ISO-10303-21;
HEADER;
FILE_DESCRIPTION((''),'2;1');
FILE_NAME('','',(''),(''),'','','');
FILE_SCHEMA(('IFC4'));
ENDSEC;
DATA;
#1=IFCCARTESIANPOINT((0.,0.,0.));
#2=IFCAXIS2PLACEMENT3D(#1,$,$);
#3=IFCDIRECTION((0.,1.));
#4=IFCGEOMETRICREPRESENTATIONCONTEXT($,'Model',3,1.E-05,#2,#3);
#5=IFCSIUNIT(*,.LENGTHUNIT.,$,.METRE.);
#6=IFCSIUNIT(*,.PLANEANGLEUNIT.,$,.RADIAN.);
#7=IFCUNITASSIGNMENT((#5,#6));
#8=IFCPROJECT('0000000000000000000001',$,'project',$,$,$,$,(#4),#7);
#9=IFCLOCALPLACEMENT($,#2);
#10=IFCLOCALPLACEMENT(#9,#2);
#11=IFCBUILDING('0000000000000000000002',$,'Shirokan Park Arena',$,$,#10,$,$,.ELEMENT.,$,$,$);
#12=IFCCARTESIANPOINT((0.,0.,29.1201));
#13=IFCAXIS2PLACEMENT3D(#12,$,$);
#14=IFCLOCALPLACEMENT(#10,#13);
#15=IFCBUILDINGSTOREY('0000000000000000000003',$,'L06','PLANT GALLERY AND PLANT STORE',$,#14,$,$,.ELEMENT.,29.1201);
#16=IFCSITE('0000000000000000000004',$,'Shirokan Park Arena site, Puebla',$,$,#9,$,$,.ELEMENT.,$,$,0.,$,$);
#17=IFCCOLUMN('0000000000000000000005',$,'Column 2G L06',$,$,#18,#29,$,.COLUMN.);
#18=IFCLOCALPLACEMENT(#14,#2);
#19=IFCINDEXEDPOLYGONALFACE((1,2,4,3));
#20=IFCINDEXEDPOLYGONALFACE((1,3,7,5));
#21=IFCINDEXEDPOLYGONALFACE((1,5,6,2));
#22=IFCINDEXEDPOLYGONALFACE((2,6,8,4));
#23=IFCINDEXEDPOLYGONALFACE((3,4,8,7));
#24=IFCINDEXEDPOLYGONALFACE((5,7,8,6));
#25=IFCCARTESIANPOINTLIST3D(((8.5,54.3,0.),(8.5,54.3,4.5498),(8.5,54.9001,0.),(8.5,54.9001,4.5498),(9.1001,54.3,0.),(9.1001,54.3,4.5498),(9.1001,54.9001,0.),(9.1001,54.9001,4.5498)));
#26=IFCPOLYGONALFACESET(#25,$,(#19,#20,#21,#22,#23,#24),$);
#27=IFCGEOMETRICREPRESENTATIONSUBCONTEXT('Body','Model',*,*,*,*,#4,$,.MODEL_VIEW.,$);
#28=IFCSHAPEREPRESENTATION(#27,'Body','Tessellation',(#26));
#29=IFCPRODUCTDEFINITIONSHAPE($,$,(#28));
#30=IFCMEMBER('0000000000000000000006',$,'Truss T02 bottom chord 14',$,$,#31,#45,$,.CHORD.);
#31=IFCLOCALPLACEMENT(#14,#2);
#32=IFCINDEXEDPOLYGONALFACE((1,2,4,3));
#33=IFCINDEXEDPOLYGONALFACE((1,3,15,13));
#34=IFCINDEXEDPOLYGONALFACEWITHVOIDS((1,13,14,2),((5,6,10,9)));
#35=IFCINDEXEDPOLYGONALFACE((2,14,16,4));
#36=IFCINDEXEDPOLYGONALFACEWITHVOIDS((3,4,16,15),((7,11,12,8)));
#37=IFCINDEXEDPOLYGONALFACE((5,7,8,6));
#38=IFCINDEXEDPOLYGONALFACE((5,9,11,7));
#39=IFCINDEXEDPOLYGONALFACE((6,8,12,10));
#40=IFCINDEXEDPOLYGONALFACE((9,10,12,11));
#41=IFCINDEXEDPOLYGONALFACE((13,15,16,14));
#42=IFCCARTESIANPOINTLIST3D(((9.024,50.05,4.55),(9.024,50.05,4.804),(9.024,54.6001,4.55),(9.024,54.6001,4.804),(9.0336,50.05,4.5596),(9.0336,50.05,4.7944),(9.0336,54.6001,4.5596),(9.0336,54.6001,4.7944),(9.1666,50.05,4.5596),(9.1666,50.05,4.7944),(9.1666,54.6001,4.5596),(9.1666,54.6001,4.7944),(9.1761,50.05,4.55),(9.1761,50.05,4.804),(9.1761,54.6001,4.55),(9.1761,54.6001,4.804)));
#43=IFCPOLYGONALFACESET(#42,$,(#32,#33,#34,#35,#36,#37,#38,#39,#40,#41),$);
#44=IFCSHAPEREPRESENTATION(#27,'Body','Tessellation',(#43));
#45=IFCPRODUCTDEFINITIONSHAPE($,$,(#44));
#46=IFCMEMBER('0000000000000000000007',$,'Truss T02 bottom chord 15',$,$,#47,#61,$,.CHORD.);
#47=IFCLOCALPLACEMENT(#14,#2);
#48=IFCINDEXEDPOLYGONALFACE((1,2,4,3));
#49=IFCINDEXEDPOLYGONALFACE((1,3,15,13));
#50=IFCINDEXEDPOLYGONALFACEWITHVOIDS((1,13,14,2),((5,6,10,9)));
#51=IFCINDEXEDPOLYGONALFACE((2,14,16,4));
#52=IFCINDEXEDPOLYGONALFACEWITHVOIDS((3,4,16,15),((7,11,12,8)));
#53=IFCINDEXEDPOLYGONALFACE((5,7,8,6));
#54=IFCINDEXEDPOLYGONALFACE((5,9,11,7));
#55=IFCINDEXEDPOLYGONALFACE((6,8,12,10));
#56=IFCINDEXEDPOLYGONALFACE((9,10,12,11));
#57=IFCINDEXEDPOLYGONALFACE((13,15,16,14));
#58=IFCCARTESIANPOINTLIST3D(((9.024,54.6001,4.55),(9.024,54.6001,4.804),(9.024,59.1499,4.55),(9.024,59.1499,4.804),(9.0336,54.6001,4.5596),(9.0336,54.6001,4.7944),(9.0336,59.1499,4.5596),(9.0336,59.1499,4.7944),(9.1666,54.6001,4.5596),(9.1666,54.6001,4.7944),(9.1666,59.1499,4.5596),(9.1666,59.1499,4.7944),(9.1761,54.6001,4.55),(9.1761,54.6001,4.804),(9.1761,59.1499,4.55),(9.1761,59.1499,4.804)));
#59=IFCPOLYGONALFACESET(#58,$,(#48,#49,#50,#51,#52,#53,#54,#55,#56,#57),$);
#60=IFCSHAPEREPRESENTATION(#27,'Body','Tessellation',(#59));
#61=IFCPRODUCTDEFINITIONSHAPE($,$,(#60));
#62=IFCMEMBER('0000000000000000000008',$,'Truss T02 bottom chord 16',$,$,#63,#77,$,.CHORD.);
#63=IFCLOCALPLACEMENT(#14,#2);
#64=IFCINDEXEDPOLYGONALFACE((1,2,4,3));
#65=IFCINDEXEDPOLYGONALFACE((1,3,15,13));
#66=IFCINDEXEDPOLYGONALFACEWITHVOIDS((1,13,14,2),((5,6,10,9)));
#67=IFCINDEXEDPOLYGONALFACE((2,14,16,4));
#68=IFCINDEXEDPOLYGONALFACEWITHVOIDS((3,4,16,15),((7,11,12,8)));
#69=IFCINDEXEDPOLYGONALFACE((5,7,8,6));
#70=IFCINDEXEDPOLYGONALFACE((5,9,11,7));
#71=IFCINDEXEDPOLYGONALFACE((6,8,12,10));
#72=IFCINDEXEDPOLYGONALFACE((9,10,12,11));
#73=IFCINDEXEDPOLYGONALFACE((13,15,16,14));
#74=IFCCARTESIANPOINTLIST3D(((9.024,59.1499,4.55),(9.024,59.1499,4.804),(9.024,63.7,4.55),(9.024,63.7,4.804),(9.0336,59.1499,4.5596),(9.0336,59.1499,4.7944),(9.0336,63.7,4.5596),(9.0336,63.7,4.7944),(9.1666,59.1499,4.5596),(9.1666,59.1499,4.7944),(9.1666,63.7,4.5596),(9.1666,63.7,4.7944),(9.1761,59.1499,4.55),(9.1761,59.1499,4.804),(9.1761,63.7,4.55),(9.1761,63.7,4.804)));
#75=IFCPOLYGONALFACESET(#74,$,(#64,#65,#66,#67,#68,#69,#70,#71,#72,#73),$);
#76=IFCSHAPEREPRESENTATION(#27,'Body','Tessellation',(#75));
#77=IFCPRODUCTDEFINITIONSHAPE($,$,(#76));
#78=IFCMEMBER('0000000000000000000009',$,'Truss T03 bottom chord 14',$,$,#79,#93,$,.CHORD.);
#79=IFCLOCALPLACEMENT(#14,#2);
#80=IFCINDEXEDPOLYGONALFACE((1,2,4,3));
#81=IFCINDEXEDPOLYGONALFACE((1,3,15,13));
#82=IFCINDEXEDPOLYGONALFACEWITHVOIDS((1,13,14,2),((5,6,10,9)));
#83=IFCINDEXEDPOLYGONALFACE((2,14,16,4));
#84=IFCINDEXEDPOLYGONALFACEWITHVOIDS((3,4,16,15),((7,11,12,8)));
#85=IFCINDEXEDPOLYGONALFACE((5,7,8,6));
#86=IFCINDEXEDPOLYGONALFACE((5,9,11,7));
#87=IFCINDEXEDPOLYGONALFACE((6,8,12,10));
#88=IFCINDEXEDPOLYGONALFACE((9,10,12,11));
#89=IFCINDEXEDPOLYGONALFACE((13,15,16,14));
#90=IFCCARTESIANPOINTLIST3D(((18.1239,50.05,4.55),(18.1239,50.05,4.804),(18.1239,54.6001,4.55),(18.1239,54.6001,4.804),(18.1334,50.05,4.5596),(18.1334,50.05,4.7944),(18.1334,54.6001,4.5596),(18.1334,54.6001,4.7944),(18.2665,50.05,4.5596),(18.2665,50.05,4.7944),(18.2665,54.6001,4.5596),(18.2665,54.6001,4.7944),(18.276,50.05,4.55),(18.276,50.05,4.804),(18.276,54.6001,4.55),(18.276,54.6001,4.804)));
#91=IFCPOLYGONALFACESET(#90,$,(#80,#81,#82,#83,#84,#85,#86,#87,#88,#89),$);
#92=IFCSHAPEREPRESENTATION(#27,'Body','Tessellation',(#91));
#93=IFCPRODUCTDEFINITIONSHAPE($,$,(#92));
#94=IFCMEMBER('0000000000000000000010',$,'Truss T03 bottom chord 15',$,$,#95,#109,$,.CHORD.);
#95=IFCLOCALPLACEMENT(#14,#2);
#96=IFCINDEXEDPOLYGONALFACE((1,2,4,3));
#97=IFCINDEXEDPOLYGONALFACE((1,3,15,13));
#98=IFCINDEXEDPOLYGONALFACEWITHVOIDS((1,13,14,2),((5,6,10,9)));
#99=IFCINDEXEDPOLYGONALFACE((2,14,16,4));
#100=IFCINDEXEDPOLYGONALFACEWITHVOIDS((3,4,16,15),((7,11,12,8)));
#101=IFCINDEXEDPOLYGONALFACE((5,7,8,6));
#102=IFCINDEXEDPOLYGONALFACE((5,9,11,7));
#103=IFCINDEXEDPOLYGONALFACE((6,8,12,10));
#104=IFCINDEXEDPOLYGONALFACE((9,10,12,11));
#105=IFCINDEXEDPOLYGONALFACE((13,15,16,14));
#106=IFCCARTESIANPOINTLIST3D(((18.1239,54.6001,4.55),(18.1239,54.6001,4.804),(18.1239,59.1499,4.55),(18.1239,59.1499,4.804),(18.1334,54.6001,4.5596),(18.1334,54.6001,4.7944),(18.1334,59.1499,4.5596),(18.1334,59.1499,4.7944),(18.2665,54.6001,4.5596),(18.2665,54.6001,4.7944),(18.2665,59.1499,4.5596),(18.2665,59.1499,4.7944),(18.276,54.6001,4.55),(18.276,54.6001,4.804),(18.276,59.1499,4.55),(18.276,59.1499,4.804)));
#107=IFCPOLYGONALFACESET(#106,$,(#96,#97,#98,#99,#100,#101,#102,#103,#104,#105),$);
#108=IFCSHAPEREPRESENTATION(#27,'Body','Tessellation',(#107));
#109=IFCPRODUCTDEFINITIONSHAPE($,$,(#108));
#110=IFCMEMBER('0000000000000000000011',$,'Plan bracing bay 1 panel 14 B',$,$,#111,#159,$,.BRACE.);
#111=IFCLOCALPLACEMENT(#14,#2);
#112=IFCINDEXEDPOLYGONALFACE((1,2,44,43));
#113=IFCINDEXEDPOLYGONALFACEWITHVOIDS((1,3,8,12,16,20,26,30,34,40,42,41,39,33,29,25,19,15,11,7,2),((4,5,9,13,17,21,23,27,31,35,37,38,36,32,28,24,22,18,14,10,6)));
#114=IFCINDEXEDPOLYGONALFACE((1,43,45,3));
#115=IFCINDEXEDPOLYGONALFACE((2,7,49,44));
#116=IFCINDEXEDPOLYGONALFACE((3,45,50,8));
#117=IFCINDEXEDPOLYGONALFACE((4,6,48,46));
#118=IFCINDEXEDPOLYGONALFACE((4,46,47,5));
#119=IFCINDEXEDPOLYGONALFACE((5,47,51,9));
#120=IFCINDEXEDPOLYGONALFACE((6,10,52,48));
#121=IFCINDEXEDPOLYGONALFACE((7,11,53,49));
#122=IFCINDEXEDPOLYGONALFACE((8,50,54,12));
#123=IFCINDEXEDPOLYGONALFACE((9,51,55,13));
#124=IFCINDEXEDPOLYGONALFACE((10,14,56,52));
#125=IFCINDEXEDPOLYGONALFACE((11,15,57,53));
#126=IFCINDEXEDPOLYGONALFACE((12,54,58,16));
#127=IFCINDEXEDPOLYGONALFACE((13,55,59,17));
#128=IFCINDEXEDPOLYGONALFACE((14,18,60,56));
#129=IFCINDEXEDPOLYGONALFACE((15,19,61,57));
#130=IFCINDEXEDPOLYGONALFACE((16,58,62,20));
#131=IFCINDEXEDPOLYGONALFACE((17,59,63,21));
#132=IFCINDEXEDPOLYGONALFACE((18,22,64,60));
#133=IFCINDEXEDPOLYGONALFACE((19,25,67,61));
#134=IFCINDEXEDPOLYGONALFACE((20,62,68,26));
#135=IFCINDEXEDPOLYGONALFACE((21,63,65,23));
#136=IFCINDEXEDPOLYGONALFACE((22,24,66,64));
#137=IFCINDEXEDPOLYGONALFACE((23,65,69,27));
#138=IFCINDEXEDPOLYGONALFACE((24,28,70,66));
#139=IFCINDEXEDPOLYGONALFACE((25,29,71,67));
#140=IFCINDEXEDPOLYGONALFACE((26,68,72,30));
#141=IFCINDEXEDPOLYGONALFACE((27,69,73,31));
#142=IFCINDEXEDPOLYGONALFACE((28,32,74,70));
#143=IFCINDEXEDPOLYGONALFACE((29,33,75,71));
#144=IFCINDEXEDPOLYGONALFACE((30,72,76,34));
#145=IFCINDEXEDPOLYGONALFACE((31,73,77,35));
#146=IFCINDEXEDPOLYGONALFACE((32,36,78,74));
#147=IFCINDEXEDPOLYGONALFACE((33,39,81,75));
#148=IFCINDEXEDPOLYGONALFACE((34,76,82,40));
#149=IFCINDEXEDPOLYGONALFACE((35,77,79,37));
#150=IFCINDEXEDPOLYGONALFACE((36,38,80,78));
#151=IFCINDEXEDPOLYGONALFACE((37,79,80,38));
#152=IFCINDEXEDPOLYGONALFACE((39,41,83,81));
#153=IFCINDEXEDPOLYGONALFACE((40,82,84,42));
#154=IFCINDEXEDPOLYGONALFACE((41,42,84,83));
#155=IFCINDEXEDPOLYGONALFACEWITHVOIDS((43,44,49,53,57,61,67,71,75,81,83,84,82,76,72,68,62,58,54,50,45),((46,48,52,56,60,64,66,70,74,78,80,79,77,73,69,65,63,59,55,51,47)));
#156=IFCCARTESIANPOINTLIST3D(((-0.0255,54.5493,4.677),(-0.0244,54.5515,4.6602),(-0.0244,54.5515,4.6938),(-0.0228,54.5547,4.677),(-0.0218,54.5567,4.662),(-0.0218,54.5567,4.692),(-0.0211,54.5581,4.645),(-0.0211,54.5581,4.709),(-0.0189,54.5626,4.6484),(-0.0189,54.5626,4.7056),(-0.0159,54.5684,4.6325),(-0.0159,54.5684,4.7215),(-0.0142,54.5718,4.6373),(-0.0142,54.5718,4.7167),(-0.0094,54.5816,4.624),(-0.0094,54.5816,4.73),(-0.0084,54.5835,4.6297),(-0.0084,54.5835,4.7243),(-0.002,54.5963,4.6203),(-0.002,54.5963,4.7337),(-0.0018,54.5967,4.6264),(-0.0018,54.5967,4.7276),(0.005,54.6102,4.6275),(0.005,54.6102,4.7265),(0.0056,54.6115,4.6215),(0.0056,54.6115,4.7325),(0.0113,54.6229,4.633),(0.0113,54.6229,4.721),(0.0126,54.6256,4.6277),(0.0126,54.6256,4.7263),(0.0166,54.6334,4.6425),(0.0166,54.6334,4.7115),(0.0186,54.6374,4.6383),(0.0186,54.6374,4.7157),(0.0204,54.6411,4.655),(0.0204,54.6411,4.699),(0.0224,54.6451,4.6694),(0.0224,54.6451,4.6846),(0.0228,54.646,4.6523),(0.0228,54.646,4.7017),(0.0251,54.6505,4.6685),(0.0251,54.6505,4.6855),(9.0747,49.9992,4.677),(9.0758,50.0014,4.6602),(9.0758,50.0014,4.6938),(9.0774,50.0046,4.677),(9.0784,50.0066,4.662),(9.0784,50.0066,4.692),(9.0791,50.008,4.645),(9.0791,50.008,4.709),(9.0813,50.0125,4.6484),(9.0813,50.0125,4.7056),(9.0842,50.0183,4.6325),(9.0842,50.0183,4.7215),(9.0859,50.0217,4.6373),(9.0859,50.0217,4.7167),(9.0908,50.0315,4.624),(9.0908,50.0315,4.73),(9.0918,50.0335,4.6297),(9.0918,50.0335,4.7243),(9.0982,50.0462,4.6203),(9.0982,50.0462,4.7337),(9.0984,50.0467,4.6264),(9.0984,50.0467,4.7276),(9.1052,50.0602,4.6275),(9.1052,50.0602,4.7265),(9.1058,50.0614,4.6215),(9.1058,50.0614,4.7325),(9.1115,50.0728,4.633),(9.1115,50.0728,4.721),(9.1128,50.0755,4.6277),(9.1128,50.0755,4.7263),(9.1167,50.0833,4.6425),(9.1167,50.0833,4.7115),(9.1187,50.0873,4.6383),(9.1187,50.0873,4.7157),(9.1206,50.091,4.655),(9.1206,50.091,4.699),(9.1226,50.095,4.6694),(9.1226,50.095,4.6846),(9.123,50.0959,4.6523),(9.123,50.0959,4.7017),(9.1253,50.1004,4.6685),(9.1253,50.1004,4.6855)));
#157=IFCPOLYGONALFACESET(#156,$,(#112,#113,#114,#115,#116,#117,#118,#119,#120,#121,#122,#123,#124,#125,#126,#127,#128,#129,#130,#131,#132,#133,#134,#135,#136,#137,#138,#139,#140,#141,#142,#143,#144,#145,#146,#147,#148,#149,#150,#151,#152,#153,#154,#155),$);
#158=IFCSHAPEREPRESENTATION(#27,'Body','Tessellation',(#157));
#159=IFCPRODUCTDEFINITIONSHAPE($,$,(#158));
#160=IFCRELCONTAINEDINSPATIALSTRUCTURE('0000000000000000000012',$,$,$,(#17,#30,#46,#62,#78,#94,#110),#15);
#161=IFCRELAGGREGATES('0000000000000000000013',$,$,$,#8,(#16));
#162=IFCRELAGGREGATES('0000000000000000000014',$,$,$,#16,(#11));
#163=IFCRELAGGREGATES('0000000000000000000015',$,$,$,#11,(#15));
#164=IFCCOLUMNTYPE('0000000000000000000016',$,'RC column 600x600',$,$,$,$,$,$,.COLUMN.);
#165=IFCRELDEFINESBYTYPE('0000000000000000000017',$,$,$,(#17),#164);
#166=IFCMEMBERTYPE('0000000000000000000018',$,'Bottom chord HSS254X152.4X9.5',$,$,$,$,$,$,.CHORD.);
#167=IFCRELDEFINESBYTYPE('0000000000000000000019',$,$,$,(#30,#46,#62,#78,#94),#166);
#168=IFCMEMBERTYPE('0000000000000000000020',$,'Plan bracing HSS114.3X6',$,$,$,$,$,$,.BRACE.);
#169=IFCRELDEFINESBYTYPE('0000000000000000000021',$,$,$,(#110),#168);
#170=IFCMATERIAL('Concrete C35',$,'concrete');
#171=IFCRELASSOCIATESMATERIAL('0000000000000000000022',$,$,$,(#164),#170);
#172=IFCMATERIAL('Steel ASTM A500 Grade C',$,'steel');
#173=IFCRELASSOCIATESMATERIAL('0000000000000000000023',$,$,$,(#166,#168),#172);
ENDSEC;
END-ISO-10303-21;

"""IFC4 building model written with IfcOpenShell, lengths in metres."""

from ifc_helpers import new_model, si_unit, direction, frame, origin, origin_2d, place, context, subcontext, project, spatial, rectangle, hollow_rectangle, hollow_circle, extrude, material, material_profile, profile_set, type_object, element, save


model = new_model("IFC4")

# Units and contexts
model_context = context("Model", 3, precision=1e-05, world=origin(), true_north=direction((0.0, 1.0)))
body_context = subcontext(model_context, "Body", "Model", "MODEL_VIEW")
ifc_project = project(units=[si_unit("LENGTHUNIT", "METRE"), si_unit("PLANEANGLEUNIT", "RADIAN")], contexts=[model_context])

# Site, building, storey
site_placement = place(None, origin())
site = spatial("IfcSite", under=ifc_project, at=site_placement, Name="Shirokan Park Arena site, Puebla", CompositionType="ELEMENT", RefElevation=0.0)
building_placement = place(site_placement, origin())
building = spatial("IfcBuilding", under=site, at=building_placement, Name="Shirokan Park Arena", CompositionType="ELEMENT")
storey_placement = place(building_placement, frame((0.0, 0.0, 29.1201)))
storey = spatial("IfcBuildingStorey", under=building, at=storey_placement, Name="L06", Description="PLANT GALLERY AND PLANT STORE", CompositionType="ELEMENT", Elevation=29.1201)

# Column
ifc_material_1 = material(Name="Concrete C35", Category="concrete")
ifc_material_profile_1 = material_profile(ifc_material_1, rectangle(XDim=0.6001, YDim=0.6001, at=origin_2d()), Name="600x600")
ifc_profile_set_1 = profile_set([ifc_material_profile_1], Name="Concrete C35")
column_type = type_object("IfcColumnType", Name="RC column 600x600", PredefinedType="COLUMN", material=ifc_profile_set_1)
column_placement = place(storey_placement, frame((8.8, 54.6001, 0.0), z_axis=(0.0, 0.0, 1.0), x_axis=(1.0, 0.0, 0.0)))
element("IfcColumn", 1, at=column_placement, inside=storey, type_object=column_type, Name="Column 2G L06", PredefinedType="COLUMN", context=body_context, shape_type="SweptSolid", body=[
    extrude(rectangle(XDim=0.6001, YDim=0.6001, at=origin_2d()), origin(), (0.0, 0.0, 1.0), 4.5498),
])

# Members
ifc_material_2 = material(Name="Steel ASTM A500 Grade C", Category="steel")
ifc_material_profile_2 = material_profile(ifc_material_2, hollow_rectangle(XDim=0.1521, YDim=0.2539, WallThickness=0.0095, at=origin_2d()), Name="HSS254X152.4X9.5")
ifc_profile_set_2 = profile_set([ifc_material_profile_2], Name="Steel ASTM A500 Grade C")
member_type_1 = type_object("IfcMemberType", Name="Bottom chord HSS254X152.4X9.5", PredefinedType="CHORD", material=ifc_profile_set_2)
member_1_placement = place(storey_placement, frame((9.1001, 50.05, 4.677), z_axis=(0.0, 1.0, 0.0), x_axis=(-1.0, 0.0, 0.0)))
element("IfcMember", 2, at=member_1_placement, inside=storey, type_object=member_type_1, Name="Truss T02 bottom chord 14", PredefinedType="CHORD", context=body_context, shape_type="SweptSolid", body=[
    extrude(hollow_rectangle(XDim=0.1521, YDim=0.2539, WallThickness=0.0095, at=origin_2d()), origin(), (0.0, 0.0, 1.0), 4.55),
])
member_2_placement = place(storey_placement, frame((9.1001, 54.6001, 4.677), z_axis=(0.0, 1.0, 0.0), x_axis=(-1.0, 0.0, 0.0)))
element("IfcMember", 3, at=member_2_placement, inside=storey, type_object=member_type_1, Name="Truss T02 bottom chord 15", PredefinedType="CHORD", context=body_context, shape_type="SweptSolid", body=[
    extrude(hollow_rectangle(XDim=0.1521, YDim=0.2539, WallThickness=0.0095, at=origin_2d()), origin(), (0.0, 0.0, 1.0), 4.5498),
])
for number, where, z_axis, x_axis, name in (
    (4, (9.1001, 59.1499, 4.677), (0.0, 1.0, 0.0), (-1.0, 0.0, 0.0), "Truss T02 bottom chord 16"),
    (5, (18.2, 50.05, 4.677), (0.0, 1.0, 0.0), (-1.0, 0.0, 0.0), "Truss T03 bottom chord 14"),
):
    element("IfcMember", number, at=place(storey_placement, frame(where, z_axis=z_axis, x_axis=x_axis)), inside=storey, type_object=member_type_1, Name=name, PredefinedType="CHORD", context=body_context, shape_type="SweptSolid", body=[
        extrude(hollow_rectangle(XDim=0.1521, YDim=0.2539, WallThickness=0.0095, at=origin_2d()), origin(), (0.0, 0.0, 1.0), 4.55),
    ])
member_3_placement = place(storey_placement, frame((18.2, 54.6001, 4.677), z_axis=(0.0, 1.0, 0.0), x_axis=(-1.0, 0.0, 0.0)))
element("IfcMember", 6, at=member_3_placement, inside=storey, type_object=member_type_1, Name="Truss T03 bottom chord 15", PredefinedType="CHORD", context=body_context, shape_type="SweptSolid", body=[
    extrude(hollow_rectangle(XDim=0.1521, YDim=0.2539, WallThickness=0.0095, at=origin_2d()), origin(), (0.0, 0.0, 1.0), 4.5498),
])
ifc_material_profile_3 = material_profile(ifc_material_2, hollow_circle(Radius=0.0569, WallThickness=0.0061, at=origin_2d()), Name="HSS114.3X6")
ifc_profile_set_3 = profile_set([ifc_material_profile_3], Name="Steel ASTM A500 Grade C")
member_type_2 = type_object("IfcMemberType", Name="Plan bracing HSS114.3X6", PredefinedType="BRACE", material=ifc_profile_set_3)
member_4_placement = place(storey_placement, frame((9.1001, 50.05, 4.677), z_axis=(-0.894427, 0.447214, 0.0), x_axis=(-0.447214, -0.894427, 0.0)))
element("IfcMember", 7, at=member_4_placement, inside=storey, type_object=member_type_2, Name="Plan bracing bay 1 panel 14 B", PredefinedType="BRACE", context=body_context, shape_type="SweptSolid", body=[
    extrude(hollow_circle(Radius=0.0569, WallThickness=0.0061, at=origin_2d()), origin(), (0.0, 0.0, 1.0), 10.1743),
])

save(model, "model.ifc")
